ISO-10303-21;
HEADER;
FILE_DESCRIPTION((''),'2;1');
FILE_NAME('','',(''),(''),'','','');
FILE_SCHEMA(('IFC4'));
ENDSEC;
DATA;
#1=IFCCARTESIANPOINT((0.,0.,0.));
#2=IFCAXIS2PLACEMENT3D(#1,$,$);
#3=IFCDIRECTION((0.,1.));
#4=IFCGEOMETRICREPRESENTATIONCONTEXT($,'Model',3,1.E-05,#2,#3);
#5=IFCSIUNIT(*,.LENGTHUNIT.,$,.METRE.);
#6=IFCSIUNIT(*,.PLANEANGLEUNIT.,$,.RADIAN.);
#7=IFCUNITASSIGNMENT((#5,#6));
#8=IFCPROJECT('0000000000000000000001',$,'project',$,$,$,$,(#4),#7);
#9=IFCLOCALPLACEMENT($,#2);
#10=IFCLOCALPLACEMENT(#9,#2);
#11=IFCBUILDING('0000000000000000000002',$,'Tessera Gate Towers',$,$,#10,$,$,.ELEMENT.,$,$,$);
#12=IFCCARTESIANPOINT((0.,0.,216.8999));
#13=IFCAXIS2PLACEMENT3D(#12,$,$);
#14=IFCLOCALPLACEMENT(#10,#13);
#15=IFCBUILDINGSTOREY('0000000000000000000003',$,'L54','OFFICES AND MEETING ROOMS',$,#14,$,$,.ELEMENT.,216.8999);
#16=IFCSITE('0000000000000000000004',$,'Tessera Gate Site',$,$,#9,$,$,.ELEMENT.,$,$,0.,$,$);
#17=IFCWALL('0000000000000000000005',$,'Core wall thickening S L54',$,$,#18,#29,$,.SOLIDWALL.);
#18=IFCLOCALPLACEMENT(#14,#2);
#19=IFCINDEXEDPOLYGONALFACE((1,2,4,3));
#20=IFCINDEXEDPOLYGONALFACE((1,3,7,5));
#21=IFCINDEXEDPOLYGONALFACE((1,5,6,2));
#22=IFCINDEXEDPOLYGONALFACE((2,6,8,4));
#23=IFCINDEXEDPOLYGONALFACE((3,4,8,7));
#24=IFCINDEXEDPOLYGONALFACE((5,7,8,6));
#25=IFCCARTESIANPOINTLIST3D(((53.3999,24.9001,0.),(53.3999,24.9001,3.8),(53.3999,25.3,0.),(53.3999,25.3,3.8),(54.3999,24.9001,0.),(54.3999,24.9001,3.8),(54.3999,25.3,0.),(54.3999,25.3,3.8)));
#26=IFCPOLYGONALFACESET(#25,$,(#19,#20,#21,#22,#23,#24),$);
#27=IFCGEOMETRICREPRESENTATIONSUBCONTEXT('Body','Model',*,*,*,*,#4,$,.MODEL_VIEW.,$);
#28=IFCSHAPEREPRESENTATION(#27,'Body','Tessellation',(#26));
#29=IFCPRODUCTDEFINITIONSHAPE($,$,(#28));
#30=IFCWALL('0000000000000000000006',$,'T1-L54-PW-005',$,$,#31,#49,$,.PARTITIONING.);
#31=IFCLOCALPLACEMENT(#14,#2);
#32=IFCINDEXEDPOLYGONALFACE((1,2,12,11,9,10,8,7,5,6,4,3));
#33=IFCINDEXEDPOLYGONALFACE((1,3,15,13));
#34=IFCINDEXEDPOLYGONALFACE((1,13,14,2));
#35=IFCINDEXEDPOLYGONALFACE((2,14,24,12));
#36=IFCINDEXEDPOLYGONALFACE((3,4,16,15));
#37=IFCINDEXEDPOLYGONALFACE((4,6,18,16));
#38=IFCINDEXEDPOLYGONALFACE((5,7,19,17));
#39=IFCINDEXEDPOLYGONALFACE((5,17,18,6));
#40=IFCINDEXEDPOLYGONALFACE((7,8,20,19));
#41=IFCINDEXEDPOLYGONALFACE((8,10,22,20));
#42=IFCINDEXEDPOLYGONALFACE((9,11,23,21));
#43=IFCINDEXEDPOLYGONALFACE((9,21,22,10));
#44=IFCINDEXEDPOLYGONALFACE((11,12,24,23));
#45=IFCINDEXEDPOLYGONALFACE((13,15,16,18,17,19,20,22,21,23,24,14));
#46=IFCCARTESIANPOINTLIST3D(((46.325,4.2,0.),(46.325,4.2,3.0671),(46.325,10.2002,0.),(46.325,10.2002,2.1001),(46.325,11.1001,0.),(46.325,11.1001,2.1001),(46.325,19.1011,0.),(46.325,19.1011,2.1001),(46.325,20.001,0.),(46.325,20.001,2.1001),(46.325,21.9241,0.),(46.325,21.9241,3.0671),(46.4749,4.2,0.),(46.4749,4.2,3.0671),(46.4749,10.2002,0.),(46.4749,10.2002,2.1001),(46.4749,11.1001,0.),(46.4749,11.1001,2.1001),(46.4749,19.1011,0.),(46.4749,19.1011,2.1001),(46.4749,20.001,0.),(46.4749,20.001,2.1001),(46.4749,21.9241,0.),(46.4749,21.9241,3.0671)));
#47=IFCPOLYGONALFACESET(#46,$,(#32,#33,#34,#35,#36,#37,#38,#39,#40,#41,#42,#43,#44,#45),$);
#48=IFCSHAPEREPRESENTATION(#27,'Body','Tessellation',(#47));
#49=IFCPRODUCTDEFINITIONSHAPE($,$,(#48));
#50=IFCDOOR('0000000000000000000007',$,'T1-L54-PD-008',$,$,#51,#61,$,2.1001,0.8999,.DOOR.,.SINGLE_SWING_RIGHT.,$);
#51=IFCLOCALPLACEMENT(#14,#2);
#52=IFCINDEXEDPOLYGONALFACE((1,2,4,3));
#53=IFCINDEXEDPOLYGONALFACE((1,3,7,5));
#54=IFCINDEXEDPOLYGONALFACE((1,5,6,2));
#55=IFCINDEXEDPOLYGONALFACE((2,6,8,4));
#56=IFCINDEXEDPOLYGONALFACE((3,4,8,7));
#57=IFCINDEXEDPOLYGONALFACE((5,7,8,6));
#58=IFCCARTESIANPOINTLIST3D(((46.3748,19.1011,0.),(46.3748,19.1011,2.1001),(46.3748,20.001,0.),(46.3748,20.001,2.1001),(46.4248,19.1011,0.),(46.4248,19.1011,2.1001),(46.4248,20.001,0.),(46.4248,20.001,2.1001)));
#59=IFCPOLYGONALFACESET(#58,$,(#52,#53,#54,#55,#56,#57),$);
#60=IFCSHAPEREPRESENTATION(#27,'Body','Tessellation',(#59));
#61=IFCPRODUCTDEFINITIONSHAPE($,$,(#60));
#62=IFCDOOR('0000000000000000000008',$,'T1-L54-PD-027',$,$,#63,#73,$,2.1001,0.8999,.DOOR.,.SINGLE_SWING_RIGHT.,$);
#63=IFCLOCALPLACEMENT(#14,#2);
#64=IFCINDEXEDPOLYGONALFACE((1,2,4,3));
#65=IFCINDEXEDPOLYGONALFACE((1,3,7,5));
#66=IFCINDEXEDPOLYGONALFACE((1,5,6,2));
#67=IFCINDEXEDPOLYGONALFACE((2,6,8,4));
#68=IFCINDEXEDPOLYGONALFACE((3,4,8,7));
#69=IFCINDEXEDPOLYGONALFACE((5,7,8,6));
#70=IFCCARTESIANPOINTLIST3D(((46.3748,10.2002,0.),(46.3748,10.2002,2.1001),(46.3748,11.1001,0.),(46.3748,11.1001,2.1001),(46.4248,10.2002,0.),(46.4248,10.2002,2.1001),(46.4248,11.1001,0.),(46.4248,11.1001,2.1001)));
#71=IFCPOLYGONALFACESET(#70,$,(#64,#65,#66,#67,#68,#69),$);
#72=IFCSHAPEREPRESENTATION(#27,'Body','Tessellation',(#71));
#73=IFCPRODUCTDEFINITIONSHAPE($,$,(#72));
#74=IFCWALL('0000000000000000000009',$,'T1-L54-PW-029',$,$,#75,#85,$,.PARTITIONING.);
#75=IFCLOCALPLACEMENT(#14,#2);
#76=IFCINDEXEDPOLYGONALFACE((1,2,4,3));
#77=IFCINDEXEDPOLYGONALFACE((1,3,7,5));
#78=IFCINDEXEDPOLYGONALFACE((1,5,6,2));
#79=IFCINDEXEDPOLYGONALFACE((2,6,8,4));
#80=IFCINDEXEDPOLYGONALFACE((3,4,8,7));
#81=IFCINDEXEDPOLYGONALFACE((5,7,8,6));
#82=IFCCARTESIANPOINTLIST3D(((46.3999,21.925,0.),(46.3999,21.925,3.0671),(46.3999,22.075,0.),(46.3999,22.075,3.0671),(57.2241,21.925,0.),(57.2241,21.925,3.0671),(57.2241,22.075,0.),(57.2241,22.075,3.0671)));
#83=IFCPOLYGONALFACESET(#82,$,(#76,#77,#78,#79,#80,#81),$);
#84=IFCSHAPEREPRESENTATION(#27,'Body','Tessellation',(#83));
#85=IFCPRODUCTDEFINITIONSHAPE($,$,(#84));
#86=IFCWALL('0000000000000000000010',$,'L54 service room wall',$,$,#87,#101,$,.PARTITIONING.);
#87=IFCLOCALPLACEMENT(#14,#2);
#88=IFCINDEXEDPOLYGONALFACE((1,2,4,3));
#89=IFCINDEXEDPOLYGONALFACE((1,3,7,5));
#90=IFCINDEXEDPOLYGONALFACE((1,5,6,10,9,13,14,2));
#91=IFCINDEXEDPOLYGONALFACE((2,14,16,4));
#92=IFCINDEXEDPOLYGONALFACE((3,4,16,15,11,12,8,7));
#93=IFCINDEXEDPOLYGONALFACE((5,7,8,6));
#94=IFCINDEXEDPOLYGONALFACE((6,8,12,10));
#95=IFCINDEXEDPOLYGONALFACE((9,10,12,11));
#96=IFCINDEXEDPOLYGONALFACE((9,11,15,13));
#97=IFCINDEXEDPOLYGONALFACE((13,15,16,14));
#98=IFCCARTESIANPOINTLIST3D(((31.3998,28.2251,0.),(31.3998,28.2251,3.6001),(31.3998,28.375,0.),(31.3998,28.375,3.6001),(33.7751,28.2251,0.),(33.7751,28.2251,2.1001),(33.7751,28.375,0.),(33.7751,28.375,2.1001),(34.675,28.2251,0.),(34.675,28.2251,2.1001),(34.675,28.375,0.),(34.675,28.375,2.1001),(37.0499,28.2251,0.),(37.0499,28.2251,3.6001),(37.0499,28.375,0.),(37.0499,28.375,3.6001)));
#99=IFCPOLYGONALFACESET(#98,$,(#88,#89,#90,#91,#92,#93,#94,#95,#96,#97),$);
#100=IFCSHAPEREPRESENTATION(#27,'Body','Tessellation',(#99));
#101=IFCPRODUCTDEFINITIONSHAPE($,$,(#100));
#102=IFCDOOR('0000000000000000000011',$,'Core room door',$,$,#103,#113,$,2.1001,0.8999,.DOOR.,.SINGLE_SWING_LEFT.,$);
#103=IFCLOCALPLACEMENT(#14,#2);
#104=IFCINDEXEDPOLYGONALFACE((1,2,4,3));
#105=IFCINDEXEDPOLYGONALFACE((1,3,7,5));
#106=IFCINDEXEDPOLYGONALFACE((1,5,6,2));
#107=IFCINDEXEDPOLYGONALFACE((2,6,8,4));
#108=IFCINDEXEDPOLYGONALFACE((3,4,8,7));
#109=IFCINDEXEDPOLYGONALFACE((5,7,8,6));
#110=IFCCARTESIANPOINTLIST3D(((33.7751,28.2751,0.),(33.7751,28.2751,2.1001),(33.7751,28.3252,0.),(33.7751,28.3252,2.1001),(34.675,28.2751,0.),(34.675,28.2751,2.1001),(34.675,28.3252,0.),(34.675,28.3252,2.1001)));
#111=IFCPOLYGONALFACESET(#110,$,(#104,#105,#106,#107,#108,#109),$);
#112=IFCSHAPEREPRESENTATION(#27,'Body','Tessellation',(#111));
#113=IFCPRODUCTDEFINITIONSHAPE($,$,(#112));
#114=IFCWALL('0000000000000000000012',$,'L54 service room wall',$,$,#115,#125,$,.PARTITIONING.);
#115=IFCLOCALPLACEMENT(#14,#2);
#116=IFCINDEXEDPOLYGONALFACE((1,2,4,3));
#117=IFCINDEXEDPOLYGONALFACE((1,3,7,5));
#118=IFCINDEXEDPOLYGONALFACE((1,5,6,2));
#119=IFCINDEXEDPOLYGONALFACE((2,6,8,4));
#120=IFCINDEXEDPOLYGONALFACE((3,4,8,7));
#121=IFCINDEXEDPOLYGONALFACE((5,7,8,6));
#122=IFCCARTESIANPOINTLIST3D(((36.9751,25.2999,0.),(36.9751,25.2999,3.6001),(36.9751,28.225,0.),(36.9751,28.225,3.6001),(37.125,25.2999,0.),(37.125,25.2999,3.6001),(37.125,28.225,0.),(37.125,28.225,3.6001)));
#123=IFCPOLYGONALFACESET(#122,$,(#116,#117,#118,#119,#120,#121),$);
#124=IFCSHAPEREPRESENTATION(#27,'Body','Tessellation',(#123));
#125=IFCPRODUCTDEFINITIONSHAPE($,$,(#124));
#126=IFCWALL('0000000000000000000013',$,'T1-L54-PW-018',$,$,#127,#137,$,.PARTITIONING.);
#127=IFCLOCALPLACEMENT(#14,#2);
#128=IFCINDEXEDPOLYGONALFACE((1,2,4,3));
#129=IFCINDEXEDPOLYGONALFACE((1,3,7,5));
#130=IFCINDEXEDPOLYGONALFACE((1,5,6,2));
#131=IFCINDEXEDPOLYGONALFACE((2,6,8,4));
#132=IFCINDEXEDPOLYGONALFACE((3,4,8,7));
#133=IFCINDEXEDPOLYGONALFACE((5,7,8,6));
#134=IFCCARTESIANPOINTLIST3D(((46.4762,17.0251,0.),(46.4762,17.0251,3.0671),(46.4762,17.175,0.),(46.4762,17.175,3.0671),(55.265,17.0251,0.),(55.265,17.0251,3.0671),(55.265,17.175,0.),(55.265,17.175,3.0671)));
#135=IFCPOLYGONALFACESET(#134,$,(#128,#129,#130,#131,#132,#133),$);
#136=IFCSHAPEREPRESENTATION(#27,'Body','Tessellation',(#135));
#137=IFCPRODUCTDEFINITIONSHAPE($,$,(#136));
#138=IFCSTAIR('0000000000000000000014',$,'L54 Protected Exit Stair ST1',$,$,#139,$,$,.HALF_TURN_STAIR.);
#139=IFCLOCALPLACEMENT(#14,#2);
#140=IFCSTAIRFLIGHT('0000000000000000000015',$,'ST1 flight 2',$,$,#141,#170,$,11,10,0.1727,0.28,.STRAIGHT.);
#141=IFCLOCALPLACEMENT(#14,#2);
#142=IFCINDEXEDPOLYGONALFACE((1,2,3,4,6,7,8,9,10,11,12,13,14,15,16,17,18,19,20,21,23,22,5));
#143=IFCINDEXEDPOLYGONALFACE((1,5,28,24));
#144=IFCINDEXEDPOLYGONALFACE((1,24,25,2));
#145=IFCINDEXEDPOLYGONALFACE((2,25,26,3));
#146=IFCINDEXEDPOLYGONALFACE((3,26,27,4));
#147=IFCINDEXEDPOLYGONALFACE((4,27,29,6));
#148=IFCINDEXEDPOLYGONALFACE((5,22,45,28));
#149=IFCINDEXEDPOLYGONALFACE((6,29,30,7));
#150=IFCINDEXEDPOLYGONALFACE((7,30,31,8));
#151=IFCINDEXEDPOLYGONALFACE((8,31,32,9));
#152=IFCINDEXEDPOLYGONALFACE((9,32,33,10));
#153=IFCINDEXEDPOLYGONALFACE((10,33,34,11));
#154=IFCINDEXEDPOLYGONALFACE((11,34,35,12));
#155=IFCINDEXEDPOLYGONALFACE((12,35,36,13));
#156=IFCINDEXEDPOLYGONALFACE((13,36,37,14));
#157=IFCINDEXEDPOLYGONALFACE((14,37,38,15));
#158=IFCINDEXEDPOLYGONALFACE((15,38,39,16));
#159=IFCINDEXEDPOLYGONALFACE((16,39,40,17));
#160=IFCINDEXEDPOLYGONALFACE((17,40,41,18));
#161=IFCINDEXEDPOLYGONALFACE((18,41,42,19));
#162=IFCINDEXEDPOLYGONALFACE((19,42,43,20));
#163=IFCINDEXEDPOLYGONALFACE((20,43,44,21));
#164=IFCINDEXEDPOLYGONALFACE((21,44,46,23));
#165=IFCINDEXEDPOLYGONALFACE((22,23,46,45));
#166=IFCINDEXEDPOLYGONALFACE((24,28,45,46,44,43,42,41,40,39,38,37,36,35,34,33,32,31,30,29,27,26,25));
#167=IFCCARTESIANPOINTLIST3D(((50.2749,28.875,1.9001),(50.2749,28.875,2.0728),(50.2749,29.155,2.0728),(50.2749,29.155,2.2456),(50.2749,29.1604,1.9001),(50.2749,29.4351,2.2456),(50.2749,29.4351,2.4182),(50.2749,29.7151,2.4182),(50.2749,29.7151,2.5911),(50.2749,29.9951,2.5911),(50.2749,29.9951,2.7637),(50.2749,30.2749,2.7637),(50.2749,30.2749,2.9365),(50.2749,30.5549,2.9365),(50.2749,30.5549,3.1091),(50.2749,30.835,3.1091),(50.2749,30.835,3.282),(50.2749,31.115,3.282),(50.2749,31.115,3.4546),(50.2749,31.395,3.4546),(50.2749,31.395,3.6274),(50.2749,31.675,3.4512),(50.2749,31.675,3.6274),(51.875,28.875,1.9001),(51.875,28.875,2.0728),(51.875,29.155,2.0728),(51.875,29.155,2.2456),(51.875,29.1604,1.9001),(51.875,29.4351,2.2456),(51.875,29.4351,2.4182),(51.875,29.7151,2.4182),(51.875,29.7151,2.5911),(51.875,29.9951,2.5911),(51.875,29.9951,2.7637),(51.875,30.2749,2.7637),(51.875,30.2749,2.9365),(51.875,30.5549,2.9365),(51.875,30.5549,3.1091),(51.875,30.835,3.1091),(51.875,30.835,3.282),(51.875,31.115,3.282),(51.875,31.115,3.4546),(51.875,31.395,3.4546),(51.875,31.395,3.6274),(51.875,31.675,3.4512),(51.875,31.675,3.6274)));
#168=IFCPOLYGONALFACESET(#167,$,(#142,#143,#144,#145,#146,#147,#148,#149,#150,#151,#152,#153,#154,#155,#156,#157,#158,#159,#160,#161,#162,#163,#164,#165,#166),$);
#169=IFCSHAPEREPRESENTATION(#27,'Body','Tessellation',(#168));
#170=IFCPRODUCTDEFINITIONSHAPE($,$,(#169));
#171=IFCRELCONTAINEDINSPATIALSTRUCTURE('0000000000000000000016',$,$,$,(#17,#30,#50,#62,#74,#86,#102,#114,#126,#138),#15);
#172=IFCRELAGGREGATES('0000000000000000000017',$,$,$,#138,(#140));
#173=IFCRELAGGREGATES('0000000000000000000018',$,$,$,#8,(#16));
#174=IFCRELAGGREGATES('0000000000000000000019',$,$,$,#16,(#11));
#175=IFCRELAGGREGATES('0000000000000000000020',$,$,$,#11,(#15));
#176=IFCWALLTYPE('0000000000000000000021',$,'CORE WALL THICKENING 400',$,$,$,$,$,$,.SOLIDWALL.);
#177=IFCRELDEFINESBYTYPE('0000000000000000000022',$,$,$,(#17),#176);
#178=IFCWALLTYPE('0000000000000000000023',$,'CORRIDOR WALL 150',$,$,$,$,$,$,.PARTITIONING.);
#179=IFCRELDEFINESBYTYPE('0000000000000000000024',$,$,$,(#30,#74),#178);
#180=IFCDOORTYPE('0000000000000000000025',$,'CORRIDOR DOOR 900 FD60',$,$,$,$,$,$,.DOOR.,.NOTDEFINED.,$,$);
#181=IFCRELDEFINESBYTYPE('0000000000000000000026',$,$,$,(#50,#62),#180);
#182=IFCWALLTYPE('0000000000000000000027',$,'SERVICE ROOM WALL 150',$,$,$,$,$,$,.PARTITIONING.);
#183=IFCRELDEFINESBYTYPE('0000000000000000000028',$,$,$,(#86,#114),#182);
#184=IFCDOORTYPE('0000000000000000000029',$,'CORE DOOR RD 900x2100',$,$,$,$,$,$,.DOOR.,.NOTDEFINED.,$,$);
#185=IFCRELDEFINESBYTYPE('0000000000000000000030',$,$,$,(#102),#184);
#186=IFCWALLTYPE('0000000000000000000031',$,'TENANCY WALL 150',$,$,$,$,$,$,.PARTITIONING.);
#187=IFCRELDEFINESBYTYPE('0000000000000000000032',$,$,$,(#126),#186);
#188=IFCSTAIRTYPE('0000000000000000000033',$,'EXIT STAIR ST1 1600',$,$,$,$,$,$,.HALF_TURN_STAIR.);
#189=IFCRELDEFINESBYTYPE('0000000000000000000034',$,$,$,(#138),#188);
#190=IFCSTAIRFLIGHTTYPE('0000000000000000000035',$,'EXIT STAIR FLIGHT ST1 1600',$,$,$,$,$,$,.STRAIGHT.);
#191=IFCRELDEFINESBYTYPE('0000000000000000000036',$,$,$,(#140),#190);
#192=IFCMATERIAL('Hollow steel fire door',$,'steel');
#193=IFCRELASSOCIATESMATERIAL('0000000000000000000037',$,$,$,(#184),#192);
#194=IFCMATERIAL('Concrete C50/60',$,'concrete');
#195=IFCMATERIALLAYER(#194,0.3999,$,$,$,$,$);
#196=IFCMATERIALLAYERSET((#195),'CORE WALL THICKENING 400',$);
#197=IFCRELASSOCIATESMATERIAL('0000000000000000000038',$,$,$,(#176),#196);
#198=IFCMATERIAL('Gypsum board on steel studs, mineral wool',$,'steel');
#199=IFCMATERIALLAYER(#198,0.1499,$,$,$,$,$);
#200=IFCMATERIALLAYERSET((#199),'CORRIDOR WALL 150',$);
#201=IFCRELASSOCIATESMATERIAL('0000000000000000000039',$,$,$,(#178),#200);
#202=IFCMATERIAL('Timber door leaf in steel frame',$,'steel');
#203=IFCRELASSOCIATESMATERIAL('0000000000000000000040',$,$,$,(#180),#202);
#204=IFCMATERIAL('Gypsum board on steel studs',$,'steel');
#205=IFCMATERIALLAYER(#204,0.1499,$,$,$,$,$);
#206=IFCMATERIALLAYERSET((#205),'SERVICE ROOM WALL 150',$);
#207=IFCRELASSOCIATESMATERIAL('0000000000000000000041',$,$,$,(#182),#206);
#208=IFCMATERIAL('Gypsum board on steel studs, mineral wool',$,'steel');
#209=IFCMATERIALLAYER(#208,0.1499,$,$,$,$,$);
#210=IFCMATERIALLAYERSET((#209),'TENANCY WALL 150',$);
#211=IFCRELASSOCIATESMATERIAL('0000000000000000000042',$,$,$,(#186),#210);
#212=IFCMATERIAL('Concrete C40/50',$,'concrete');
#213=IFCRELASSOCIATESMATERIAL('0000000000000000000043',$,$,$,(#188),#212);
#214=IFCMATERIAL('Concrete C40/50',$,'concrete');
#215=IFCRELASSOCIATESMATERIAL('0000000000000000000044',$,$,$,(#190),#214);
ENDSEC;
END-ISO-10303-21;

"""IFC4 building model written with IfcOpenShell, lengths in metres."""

from ifc_helpers import new_model, si_unit, direction, frame, frame_2d, origin, place, context, subcontext, project, spatial, polyline, rectangle, outline, extrude, source, transform, mapped, material, layer, layer_set, type_object, element, fill, aggregate, save


model = new_model("IFC4")

# Units and contexts
model_context = context("Model", 3, precision=1e-05, world=origin(), true_north=direction((0.0, 1.0)))
body_context = subcontext(model_context, "Body", "Model", "MODEL_VIEW")
ifc_project = project(units=[si_unit("LENGTHUNIT", "METRE"), si_unit("PLANEANGLEUNIT", "RADIAN")], contexts=[model_context])

# Site, building, storey
site_placement = place(None, origin())
site = spatial("IfcSite", under=ifc_project, at=site_placement, Name="Tessera Gate Site", CompositionType="ELEMENT", RefElevation=0.0)
building_placement = place(site_placement, origin())
building = spatial("IfcBuilding", under=site, at=building_placement, Name="Tessera Gate Towers", CompositionType="ELEMENT")
storey_placement = place(building_placement, frame((0.0, 0.0, 216.8999)))
storey = spatial("IfcBuildingStorey", under=building, at=storey_placement, Name="L54", Description="OFFICES AND MEETING ROOMS", CompositionType="ELEMENT", Elevation=216.8999)

# Shared definitions
ifc_material_1 = material(Name="Hollow steel fire door", Category="steel")
door_type_1 = type_object("IfcDoorType", Name="CORE DOOR RD 900x2100", OperationType="NOTDEFINED", PredefinedType="DOOR", material=ifc_material_1)
shared_shape_1 = source(origin(), body_context, "Body", "SweptSolid", [
    extrude(rectangle(XDim=0.8999, YDim=2.1001, at=frame_2d((0.45, 1.05))), frame((0.0, 0.0249, 0.0), z_axis=(0.0, -1.0, 0.0), x_axis=(1.0, 0.0, 0.0)), (0.0, 0.0, 1.0), 0.05),
])

# Wall
ifc_material_2 = material(Name="Concrete C50/60", Category="concrete")
ifc_layer_1 = layer(ifc_material_2, 0.3999)
ifc_layer_set_1 = layer_set([ifc_layer_1], Name="CORE WALL THICKENING 400")
wall_type_1 = type_object("IfcWallType", Name="CORE WALL THICKENING 400", PredefinedType="SOLIDWALL", material=ifc_layer_set_1)
wall_1_placement = place(storey_placement, frame((53.3999, 25.1001, 0.0), z_axis=(0.0, 0.0, 1.0), x_axis=(1.0, 0.0, 0.0)))
element("IfcWall", 1, at=wall_1_placement, inside=storey, type_object=wall_type_1, Name="Core wall thickening S L54", PredefinedType="SOLIDWALL", context=body_context, shape_type="SweptSolid", body=[
    extrude(rectangle(XDim=1.0, YDim=0.3999, at=frame_2d((0.5, 0.0))), origin(), (0.0, 0.0, 1.0), 3.8),
])

# Wall, openings, doors
ifc_material_3 = material(Name="Gypsum board on steel studs, mineral wool", Category="steel")
ifc_layer_2 = layer(ifc_material_3, 0.1499)
ifc_layer_set_2 = layer_set([ifc_layer_2], Name="CORRIDOR WALL 150")
wall_type_2 = type_object("IfcWallType", Name="CORRIDOR WALL 150", PredefinedType="PARTITIONING", material=ifc_layer_set_2)
wall_2_placement = place(storey_placement, frame((46.3999, 21.9241, 0.0), z_axis=(0.0, 0.0, 1.0), x_axis=(0.0, -1.0, 0.0)))
wall_2 = element("IfcWall", 2, at=wall_2_placement, inside=storey, type_object=wall_type_2, Name="T1-L54-PW-005", PredefinedType="PARTITIONING", context=body_context, shape_type="SweptSolid", body=[
    extrude(rectangle(XDim=17.7241, YDim=0.1499, at=frame_2d((8.8621, 0.0))), origin(), (0.0, 0.0, 1.0), 3.0671),
])
shared_shape_2 = source(origin(), body_context, "Body", "SweptSolid", [
    extrude(rectangle(XDim=0.8999, YDim=2.1001, at=frame_2d((0.45, 1.05))), frame((0.0, 0.085, 0.0), z_axis=(0.0, -1.0, 0.0), x_axis=(1.0, 0.0, 0.0)), (0.0, 0.0, 1.0), 0.1699),
])
opening_1_placement = place(wall_2_placement, frame((1.9231, 0.0, 0.0)))
opening_1 = element("IfcOpeningElement", 3, at=opening_1_placement, cuts=wall_2, PredefinedType="OPENING", context=body_context, shape_type="MappedRepresentation", body=[
    mapped(shared_shape_2, transform((0.0, 0.0, 0.0), scale=1.0)),
])
opening_2_placement = place(wall_2_placement, frame((10.824, 0.0, 0.0)))
opening_2 = element("IfcOpeningElement", 4, at=opening_2_placement, cuts=wall_2, PredefinedType="OPENING", context=body_context, shape_type="MappedRepresentation", body=[
    mapped(shared_shape_2, transform((0.0, 0.0, 0.0), scale=1.0)),
])
ifc_material_4 = material(Name="Timber door leaf in steel frame", Category="steel")
door_type_2 = type_object("IfcDoorType", Name="CORRIDOR DOOR 900 FD60", OperationType="NOTDEFINED", PredefinedType="DOOR", material=ifc_material_4)
door_1_placement = place(opening_1_placement, origin())
door_1 = element("IfcDoor", 5, at=door_1_placement, inside=storey, type_object=door_type_2, Name="T1-L54-PD-008", OperationType="SINGLE_SWING_RIGHT", OverallHeight=2.1001, OverallWidth=0.8999, PredefinedType="DOOR", context=body_context, shape_type="MappedRepresentation", body=[
    mapped(shared_shape_1, transform((0.0, 0.0, 0.0), scale=1.0)),
])
fill(opening_1, door_1)
door_2_placement = place(opening_2_placement, origin())
door_2 = element("IfcDoor", 6, at=door_2_placement, inside=storey, type_object=door_type_2, Name="T1-L54-PD-027", OperationType="SINGLE_SWING_RIGHT", OverallHeight=2.1001, OverallWidth=0.8999, PredefinedType="DOOR", context=body_context, shape_type="MappedRepresentation", body=[
    mapped(shared_shape_1, transform((0.0, 0.0, 0.0), scale=1.0)),
])
fill(opening_2, door_2)

# Wall
wall_3_placement = place(storey_placement, frame((46.3999, 22.0, 0.0), z_axis=(0.0, 0.0, 1.0), x_axis=(1.0, 0.0, 0.0)))
element("IfcWall", 7, at=wall_3_placement, inside=storey, type_object=wall_type_2, Name="T1-L54-PW-029", PredefinedType="PARTITIONING", context=body_context, shape_type="SweptSolid", body=[
    extrude(rectangle(XDim=10.8242, YDim=0.1499, at=frame_2d((5.4121, 0.0))), origin(), (0.0, 0.0, 1.0), 3.0671),
])

# Wall, opening, door
ifc_material_5 = material(Name="Gypsum board on steel studs", Category="steel")
ifc_layer_3 = layer(ifc_material_5, 0.1499)
ifc_layer_set_3 = layer_set([ifc_layer_3], Name="SERVICE ROOM WALL 150")
wall_type_3 = type_object("IfcWallType", Name="SERVICE ROOM WALL 150", PredefinedType="PARTITIONING", material=ifc_layer_set_3)
wall_4_placement = place(storey_placement, frame((37.05, 28.3, 0.0), z_axis=(0.0, 0.0, 1.0), x_axis=(-1.0, 0.0, 0.0)))
wall_4 = element("IfcWall", 8, at=wall_4_placement, inside=storey, type_object=wall_type_3, Name="L54 service room wall", PredefinedType="PARTITIONING", context=body_context, shape_type="SweptSolid", body=[
    extrude(rectangle(XDim=5.6501, YDim=0.1499, at=frame_2d((2.8252, 0.0))), origin(), (0.0, 0.0, 1.0), 3.6001),
])
opening_3_placement = place(wall_4_placement, frame((2.375, 0.0, 0.0)))
opening_3 = element("IfcOpeningElement", 9, at=opening_3_placement, cuts=wall_4, PredefinedType="OPENING", context=body_context, shape_type="MappedRepresentation", body=[
    mapped(shared_shape_2, transform((0.0, 0.0, 0.0), scale=1.0)),
])
door_3_placement = place(opening_3_placement, origin())
door_3 = element("IfcDoor", 10, at=door_3_placement, inside=storey, type_object=door_type_1, Name="Core room door", OperationType="SINGLE_SWING_LEFT", OverallHeight=2.1001, OverallWidth=0.8999, PredefinedType="DOOR", context=body_context, shape_type="MappedRepresentation", body=[
    mapped(shared_shape_1, transform((0.0, 0.0, 0.0), scale=1.0)),
])
fill(opening_3, door_3)

# Walls
wall_5_placement = place(storey_placement, frame((37.05, 25.3, 0.0), z_axis=(0.0, 0.0, 1.0), x_axis=(0.0, 1.0, 0.0)))
element("IfcWall", 11, at=wall_5_placement, inside=storey, type_object=wall_type_3, Name="L54 service room wall", PredefinedType="PARTITIONING", context=body_context, shape_type="SweptSolid", body=[
    extrude(rectangle(XDim=2.925, YDim=0.1499, at=frame_2d((1.4624, 0.0))), origin(), (0.0, 0.0, 1.0), 3.6001),
])
ifc_material_6 = material(Name="Gypsum board on steel studs, mineral wool", Category="steel")
ifc_layer_4 = layer(ifc_material_6, 0.1499)
ifc_layer_set_4 = layer_set([ifc_layer_4], Name="TENANCY WALL 150")
wall_type_4 = type_object("IfcWallType", Name="TENANCY WALL 150", PredefinedType="PARTITIONING", material=ifc_layer_set_4)
wall_6_placement = place(storey_placement, frame((46.4761, 17.1001, 0.0), z_axis=(0.0, 0.0, 1.0), x_axis=(1.0, 0.0, 0.0)))
element("IfcWall", 12, at=wall_6_placement, inside=storey, type_object=wall_type_4, Name="T1-L54-PW-018", PredefinedType="PARTITIONING", context=body_context, shape_type="SweptSolid", body=[
    extrude(rectangle(XDim=8.7888, YDim=0.1499, at=frame_2d((4.3945, 0.0))), origin(), (0.0, 0.0, 1.0), 3.0671),
])

# Stair, stair flight
ifc_material_7 = material(Name="Concrete C40/50", Category="concrete")
stair_type = type_object("IfcStairType", Name="EXIT STAIR ST1 1600", PredefinedType="HALF_TURN_STAIR", material=ifc_material_7)
stair_placement = place(storey_placement, origin())
stair = element("IfcStair", 13, at=stair_placement, inside=storey, type_object=stair_type, Name="L54 Protected Exit Stair ST1", PredefinedType="HALF_TURN_STAIR")
ifc_material_8 = material(Name="Concrete C40/50", Category="concrete")
stair_flight_type = type_object("IfcStairFlightType", Name="EXIT STAIR FLIGHT ST1 1600", PredefinedType="STRAIGHT", material=ifc_material_8)
stair_flight_placement = place(storey_placement, frame((51.075, 28.875, 1.9001), z_axis=(0.0, 0.0, 1.0), x_axis=(0.0, 1.0, 0.0)))
stair_flight = element("IfcStairFlight", 14, at=stair_flight_placement, type_object=stair_flight_type, Name="ST1 flight 2", NumberOfRisers=11, NumberOfTreads=10, PredefinedType="STRAIGHT", RiserHeight=0.1727, TreadLength=0.28, context=body_context, shape_type="SweptSolid", body=[
    extrude(outline(polyline([(0.0, 0.0), (0.0, 0.1726), (0.28, 0.1726), (0.28, 0.3455), (0.5601, 0.3455), (0.5601, 0.5181), (0.8401, 0.5181), (0.8401, 0.6909), (1.1201, 0.6909), (1.1201, 0.8635), (1.3999, 0.8635), (1.3999, 1.0364), (1.6799, 1.0364), (1.6799, 1.209), (1.96, 1.209), (1.96, 1.3818), (2.24, 1.3818), (2.24, 1.5544), (2.52, 1.5544), (2.52, 1.7273), (2.8, 1.7273), (2.8, 1.8999), (2.8, 1.551), (0.2854, 0.0), (0.0, 0.0)])), frame((0.0, 0.8, 0.0), z_axis=(0.0, -1.0, 0.0), x_axis=(1.0, 0.0, 0.0)), (0.0, 0.0, 1.0), 1.6001),
])
aggregate(stair, [stair_flight])

save(model, "model.ifc")
